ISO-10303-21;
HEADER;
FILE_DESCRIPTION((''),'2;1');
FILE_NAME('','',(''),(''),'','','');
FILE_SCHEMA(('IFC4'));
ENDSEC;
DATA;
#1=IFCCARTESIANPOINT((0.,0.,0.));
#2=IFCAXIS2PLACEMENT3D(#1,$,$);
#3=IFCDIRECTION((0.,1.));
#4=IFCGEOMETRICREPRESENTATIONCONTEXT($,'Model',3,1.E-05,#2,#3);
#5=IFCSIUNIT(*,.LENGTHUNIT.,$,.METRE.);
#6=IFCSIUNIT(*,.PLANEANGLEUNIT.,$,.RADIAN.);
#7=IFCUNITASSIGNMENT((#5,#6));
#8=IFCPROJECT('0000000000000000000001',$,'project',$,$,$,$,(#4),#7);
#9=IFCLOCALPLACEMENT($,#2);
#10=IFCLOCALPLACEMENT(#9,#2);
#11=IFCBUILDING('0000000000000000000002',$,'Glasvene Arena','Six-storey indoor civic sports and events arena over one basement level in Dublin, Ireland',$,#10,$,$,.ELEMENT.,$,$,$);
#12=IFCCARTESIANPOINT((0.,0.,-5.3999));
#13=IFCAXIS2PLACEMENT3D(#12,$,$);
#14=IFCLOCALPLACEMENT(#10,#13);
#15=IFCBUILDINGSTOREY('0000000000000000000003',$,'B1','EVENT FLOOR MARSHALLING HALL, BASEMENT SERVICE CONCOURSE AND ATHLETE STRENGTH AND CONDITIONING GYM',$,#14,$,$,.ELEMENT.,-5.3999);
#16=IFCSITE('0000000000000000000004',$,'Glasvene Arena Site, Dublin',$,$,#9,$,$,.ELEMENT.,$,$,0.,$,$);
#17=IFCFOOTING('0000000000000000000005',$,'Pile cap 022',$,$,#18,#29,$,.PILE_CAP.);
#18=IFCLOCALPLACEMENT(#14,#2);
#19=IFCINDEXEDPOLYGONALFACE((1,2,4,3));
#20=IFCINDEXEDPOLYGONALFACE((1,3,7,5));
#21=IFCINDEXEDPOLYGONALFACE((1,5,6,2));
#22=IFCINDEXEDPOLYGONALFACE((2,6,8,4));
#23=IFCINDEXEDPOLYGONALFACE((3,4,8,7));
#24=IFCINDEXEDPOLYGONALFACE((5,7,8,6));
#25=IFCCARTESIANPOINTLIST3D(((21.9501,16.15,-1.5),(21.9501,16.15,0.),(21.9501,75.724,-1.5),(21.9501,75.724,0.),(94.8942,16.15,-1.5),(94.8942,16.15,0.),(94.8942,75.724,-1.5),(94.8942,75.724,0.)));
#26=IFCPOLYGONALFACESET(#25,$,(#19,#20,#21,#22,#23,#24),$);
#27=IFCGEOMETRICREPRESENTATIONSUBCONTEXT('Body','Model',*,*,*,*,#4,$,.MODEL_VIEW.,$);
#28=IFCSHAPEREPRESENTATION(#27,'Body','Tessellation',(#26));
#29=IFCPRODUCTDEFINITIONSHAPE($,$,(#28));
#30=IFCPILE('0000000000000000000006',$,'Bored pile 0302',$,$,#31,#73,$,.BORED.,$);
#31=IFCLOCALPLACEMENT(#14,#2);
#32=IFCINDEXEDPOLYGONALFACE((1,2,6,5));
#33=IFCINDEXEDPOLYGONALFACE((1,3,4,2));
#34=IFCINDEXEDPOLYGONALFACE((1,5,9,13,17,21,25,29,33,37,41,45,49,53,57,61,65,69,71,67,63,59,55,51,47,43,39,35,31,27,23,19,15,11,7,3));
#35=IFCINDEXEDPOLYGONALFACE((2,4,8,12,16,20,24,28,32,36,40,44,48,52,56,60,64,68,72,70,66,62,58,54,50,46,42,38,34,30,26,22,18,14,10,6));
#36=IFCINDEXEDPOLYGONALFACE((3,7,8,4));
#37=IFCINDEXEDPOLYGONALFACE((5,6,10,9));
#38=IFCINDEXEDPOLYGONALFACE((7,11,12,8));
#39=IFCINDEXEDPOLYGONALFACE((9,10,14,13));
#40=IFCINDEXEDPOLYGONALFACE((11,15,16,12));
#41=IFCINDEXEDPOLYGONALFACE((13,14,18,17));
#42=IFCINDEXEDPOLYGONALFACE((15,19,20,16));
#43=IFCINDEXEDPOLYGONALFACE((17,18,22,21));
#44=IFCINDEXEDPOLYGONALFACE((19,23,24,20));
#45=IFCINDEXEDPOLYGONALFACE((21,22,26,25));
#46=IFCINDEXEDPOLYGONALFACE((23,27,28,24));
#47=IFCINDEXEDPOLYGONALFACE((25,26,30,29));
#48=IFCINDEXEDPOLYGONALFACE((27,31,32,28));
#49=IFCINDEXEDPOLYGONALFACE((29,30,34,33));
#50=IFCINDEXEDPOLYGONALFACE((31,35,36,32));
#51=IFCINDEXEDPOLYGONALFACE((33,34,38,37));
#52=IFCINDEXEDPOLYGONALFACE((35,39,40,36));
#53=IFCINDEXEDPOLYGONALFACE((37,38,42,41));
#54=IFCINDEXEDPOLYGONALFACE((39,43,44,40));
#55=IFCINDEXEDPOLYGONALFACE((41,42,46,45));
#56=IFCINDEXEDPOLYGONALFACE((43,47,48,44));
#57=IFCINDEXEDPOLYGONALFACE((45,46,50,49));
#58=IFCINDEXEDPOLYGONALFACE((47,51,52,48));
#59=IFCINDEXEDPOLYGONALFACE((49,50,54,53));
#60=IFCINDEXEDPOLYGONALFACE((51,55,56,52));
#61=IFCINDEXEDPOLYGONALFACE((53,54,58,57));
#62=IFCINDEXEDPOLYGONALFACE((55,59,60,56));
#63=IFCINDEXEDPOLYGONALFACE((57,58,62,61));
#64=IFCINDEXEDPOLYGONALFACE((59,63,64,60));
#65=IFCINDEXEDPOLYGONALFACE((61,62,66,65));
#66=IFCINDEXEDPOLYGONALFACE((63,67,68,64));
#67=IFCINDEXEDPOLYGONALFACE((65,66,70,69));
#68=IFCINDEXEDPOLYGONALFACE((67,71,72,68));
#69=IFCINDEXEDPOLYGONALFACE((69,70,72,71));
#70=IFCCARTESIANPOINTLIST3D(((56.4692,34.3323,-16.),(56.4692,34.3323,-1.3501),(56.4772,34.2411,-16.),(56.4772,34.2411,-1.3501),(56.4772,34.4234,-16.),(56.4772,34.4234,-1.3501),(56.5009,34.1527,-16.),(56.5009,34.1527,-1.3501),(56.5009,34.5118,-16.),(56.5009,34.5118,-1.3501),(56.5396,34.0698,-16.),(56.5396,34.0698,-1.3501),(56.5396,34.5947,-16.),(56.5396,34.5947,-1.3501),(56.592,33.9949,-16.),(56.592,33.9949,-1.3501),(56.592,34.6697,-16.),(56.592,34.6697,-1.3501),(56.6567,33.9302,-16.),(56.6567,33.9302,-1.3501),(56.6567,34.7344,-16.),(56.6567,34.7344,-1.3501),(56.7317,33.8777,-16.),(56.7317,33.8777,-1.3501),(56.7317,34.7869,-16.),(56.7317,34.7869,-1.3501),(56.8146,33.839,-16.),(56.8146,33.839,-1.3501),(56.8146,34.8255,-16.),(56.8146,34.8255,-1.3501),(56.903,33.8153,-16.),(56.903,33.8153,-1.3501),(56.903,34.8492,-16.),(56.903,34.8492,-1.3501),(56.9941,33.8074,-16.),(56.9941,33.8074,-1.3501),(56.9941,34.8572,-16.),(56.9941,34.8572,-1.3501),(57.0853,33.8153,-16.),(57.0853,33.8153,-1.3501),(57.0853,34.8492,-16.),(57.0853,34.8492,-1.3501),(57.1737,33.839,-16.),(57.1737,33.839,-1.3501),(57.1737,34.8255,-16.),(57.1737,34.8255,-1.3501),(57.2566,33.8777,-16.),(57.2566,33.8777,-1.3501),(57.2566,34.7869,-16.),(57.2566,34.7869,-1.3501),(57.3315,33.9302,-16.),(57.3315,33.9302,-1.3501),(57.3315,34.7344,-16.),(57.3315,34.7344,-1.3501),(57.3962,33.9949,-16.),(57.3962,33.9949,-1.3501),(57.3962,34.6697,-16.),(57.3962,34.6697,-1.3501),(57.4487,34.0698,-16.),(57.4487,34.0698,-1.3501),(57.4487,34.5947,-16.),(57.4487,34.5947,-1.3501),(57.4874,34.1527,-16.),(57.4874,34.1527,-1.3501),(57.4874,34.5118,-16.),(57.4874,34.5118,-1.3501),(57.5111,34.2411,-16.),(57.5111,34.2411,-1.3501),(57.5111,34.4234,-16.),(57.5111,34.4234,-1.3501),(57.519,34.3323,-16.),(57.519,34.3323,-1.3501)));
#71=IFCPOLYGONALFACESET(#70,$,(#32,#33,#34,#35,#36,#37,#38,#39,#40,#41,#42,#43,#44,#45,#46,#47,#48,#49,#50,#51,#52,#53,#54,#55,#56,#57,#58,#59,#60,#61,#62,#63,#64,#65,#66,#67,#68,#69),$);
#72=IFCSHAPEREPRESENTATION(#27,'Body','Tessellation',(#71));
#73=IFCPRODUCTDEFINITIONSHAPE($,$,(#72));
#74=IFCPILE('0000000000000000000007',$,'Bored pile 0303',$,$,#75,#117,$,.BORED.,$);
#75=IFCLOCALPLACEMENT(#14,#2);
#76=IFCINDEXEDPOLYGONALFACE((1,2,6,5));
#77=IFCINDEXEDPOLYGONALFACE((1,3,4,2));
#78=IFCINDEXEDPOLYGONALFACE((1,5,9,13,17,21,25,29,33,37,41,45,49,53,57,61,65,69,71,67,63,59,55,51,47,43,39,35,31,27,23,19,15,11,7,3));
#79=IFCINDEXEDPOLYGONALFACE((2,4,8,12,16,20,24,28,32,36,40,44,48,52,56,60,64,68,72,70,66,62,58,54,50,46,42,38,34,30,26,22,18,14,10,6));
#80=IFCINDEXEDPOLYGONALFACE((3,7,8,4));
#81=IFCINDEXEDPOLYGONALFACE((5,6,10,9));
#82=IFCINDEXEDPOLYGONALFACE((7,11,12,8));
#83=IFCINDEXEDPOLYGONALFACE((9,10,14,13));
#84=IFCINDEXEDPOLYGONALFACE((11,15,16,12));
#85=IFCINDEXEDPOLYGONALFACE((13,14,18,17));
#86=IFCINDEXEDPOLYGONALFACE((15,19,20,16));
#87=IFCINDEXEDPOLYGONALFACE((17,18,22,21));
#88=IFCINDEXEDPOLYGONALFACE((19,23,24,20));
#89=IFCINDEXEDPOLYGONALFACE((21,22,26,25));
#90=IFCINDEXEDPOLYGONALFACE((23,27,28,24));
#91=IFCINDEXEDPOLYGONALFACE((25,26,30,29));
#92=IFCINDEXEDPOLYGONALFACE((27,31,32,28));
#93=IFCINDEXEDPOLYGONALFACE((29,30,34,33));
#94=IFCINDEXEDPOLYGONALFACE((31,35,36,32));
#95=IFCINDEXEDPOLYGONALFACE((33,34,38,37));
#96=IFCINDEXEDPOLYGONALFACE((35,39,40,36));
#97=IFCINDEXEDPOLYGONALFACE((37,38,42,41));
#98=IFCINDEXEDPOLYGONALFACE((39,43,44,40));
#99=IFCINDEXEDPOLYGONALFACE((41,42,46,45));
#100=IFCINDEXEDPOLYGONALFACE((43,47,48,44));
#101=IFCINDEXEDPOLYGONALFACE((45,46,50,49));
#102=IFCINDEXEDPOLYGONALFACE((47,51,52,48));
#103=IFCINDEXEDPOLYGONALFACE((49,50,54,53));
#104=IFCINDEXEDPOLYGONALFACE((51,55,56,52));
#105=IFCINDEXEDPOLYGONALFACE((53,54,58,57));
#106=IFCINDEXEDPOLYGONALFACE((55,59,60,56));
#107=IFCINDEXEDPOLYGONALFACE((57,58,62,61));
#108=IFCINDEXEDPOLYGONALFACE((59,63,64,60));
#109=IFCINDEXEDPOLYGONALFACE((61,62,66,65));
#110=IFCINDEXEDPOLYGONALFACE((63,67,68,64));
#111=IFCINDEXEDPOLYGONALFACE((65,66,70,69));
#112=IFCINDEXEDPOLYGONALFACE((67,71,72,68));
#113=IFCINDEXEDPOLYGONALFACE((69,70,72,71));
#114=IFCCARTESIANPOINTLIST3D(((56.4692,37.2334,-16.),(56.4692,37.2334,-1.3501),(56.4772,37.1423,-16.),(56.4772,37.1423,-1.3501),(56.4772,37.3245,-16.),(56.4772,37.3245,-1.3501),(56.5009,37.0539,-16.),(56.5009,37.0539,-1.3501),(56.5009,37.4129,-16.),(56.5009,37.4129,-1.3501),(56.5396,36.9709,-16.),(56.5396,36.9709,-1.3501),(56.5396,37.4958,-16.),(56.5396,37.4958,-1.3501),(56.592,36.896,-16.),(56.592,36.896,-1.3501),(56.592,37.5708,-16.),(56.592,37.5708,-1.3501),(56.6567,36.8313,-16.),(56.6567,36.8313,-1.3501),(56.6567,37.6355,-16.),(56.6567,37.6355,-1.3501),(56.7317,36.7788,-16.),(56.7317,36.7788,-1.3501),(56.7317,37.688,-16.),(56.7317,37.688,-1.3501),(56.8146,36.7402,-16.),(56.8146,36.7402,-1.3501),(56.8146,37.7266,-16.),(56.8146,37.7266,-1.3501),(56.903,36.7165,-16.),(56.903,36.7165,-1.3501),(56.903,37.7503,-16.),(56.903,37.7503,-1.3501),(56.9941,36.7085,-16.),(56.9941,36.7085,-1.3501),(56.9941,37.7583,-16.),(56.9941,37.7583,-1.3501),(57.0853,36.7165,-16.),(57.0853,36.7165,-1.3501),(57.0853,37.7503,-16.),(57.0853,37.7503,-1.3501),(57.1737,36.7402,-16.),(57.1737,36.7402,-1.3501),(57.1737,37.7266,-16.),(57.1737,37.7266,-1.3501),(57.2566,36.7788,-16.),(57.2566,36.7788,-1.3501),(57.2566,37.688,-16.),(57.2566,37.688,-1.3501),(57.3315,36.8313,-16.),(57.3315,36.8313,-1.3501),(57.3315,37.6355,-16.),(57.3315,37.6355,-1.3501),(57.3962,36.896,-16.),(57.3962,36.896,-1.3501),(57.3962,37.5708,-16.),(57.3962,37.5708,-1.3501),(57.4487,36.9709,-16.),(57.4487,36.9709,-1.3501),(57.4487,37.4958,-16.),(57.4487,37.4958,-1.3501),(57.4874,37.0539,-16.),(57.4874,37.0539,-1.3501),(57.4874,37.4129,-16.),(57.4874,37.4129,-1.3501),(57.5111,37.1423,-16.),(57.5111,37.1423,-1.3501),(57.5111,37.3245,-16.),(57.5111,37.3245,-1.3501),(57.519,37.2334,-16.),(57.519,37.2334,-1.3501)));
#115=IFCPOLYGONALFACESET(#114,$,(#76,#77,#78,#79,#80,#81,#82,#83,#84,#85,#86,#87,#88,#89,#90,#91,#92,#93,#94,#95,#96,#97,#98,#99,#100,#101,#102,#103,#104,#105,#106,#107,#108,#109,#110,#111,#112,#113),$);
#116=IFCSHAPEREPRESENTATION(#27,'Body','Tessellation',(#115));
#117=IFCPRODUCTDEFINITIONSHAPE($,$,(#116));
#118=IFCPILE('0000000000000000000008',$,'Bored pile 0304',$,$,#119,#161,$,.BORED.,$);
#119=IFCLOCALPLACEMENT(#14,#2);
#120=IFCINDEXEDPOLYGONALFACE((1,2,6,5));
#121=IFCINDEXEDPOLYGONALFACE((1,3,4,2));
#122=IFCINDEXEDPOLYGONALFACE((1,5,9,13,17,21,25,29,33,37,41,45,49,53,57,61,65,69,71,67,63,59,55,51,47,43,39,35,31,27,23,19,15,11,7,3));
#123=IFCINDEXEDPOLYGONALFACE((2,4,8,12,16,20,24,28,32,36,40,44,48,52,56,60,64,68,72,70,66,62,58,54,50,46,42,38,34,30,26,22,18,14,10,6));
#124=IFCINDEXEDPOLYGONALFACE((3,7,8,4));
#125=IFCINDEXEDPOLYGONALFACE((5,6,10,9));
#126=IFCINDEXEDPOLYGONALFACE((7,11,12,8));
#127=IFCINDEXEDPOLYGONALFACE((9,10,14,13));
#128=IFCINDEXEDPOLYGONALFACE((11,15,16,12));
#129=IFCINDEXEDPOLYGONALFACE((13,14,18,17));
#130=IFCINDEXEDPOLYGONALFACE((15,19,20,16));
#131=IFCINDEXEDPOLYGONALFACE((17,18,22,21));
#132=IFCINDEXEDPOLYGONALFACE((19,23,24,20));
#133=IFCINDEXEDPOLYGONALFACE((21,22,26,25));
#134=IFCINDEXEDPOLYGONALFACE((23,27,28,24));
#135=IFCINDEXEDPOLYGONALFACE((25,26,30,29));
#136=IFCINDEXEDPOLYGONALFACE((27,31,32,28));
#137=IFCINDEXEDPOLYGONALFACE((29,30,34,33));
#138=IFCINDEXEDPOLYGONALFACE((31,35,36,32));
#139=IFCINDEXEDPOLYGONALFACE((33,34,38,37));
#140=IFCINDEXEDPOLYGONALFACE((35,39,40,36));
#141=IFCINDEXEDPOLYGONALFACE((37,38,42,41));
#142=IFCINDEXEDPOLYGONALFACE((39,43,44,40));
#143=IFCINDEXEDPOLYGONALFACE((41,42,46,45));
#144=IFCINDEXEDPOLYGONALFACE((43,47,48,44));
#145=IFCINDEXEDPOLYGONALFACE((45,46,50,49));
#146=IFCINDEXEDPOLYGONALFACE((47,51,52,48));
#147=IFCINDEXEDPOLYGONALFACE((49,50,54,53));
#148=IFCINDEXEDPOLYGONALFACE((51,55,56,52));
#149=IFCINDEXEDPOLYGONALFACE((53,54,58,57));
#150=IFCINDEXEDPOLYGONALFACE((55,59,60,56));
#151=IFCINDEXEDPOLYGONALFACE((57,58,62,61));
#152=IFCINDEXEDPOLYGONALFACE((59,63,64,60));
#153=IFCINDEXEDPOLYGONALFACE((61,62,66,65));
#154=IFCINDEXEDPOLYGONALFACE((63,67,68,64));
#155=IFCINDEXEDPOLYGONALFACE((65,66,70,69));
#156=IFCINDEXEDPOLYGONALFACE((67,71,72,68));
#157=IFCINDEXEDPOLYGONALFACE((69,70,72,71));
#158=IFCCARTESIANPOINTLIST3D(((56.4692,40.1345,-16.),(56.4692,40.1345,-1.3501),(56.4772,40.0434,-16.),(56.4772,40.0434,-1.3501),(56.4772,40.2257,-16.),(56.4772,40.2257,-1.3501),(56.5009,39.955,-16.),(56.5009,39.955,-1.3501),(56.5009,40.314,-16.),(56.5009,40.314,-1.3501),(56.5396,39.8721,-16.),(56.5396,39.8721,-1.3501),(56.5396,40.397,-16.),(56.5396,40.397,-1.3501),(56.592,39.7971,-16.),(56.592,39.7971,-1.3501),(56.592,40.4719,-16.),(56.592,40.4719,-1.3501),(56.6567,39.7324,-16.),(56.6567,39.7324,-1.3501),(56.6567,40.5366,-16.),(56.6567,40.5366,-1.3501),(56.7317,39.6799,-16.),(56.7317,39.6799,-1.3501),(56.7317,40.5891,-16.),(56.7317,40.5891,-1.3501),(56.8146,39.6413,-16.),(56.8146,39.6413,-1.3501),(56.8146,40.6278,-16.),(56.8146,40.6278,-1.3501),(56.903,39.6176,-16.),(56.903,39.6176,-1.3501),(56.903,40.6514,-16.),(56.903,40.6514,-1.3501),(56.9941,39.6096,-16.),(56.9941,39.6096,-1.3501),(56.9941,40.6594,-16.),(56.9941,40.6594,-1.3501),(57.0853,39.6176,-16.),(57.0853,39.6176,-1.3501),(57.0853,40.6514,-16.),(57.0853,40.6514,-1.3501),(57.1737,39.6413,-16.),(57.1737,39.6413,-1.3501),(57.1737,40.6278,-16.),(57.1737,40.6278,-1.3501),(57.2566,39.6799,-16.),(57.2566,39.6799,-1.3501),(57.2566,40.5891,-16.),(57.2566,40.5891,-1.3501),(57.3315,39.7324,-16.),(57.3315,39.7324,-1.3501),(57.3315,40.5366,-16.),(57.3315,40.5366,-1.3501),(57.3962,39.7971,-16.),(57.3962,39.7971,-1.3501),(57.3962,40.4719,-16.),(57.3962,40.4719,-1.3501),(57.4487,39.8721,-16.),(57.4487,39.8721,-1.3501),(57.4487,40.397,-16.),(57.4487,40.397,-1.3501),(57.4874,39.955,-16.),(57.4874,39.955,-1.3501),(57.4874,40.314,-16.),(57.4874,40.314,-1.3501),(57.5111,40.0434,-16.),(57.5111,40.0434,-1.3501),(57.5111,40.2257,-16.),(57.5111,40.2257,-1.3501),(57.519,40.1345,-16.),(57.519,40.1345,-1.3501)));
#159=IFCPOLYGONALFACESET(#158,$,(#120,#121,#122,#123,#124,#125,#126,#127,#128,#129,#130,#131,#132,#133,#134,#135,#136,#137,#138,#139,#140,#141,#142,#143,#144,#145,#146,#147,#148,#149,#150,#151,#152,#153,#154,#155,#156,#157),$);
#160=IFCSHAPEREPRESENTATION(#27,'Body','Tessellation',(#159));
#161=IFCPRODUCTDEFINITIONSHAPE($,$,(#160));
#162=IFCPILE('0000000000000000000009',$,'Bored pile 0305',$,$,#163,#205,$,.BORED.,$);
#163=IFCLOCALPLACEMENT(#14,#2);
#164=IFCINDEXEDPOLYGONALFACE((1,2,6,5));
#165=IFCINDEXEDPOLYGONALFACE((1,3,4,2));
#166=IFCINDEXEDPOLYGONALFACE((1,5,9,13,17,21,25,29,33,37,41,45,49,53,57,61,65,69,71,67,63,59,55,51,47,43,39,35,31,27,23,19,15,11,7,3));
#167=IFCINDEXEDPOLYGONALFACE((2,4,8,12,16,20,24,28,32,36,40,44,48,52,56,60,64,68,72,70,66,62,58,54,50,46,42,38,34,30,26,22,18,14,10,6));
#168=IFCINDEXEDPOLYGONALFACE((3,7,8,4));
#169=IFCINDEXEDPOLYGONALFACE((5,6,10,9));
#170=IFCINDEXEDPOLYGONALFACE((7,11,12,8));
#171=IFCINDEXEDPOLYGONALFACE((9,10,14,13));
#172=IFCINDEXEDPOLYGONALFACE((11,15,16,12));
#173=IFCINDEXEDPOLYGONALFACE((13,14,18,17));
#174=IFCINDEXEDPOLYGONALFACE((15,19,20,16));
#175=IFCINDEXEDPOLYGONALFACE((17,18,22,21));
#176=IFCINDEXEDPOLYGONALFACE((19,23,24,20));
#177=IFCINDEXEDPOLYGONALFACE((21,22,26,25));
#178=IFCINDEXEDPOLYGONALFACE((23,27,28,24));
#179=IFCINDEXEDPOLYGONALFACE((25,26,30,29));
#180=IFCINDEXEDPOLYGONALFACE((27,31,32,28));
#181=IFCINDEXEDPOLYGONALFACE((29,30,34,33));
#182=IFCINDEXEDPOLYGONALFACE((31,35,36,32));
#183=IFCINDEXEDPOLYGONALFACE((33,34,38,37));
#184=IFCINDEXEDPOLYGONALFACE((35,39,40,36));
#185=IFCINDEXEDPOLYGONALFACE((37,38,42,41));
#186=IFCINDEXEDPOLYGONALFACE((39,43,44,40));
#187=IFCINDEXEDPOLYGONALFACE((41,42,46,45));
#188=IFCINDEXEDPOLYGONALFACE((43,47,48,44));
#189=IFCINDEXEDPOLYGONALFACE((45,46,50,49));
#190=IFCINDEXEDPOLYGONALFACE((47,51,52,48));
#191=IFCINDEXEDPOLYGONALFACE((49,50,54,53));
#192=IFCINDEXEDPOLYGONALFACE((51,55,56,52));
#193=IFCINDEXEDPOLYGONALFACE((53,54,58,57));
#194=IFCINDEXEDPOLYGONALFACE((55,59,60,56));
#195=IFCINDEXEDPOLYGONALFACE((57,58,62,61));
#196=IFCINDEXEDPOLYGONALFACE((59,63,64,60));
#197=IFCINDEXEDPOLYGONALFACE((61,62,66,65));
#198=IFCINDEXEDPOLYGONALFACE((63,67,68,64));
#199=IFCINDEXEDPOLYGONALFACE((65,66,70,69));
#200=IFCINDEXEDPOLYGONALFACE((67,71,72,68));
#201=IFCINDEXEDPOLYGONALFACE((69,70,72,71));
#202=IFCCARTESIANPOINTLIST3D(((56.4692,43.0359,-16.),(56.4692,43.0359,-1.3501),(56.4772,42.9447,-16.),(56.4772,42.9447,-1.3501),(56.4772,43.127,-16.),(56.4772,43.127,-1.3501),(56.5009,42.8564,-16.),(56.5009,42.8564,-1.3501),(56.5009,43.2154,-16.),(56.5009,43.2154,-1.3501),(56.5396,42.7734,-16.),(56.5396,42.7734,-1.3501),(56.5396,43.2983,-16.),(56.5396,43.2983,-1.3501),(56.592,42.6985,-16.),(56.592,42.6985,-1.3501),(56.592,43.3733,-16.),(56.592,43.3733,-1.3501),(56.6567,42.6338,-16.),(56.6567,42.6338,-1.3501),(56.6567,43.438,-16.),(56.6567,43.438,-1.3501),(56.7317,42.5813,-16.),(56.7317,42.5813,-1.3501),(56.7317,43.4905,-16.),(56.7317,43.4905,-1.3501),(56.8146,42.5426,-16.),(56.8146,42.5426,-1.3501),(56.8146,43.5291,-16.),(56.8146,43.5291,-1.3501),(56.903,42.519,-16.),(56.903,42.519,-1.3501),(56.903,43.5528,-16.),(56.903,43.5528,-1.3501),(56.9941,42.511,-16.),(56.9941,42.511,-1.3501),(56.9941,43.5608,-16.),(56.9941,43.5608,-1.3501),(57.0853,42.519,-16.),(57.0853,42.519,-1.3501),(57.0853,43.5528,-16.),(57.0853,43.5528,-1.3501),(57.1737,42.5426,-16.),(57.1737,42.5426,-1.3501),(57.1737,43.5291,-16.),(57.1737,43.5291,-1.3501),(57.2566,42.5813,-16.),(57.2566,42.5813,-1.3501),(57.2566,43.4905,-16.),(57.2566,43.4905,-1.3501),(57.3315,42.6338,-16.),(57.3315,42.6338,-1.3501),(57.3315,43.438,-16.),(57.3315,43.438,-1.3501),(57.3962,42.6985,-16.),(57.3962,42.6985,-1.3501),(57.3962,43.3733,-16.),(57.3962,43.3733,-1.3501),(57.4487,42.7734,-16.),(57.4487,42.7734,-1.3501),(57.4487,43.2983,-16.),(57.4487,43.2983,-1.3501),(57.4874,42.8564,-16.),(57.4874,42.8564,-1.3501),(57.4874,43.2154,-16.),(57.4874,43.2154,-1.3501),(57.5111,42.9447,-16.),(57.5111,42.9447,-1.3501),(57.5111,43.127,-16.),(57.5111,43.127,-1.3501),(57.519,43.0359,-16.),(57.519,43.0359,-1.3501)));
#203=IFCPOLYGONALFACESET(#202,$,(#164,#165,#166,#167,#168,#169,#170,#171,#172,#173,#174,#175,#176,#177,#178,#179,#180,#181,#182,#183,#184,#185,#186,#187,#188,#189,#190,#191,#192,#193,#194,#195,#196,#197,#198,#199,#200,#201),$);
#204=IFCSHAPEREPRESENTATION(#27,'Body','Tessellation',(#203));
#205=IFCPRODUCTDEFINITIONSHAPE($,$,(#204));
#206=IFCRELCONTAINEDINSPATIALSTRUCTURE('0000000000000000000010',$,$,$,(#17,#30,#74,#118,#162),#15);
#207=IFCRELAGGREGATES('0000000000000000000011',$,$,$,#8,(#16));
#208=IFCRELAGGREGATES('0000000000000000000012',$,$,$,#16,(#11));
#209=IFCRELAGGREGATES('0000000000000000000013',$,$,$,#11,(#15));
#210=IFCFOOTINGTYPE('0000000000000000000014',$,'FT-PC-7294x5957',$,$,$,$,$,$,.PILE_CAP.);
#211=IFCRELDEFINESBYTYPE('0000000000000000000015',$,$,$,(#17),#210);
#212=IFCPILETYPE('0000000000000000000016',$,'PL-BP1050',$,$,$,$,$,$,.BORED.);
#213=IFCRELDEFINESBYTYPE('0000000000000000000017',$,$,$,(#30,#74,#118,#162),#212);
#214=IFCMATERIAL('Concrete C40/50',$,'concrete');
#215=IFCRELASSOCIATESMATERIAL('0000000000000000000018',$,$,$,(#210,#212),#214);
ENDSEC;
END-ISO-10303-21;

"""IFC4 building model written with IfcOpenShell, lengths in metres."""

from ifc_helpers import new_model, si_unit, direction, frame, origin, origin_2d, place, context, subcontext, project, spatial, rectangle, circle, extrude, material, material_profile, profile_set, type_object, element, save


model = new_model("IFC4")

# Units and contexts
model_context = context("Model", 3, precision=1e-05, world=origin(), true_north=direction((0.0, 1.0)))
body_context = subcontext(model_context, "Body", "Model", "MODEL_VIEW")
ifc_project = project(units=[si_unit("LENGTHUNIT", "METRE"), si_unit("PLANEANGLEUNIT", "RADIAN")], contexts=[model_context])

# Site, building, storey
site_placement = place(None, origin())
site = spatial("IfcSite", under=ifc_project, at=site_placement, Name="Glasvene Arena Site, Dublin", CompositionType="ELEMENT", RefElevation=0.0)
building_placement = place(site_placement, origin())
building = spatial("IfcBuilding", under=site, at=building_placement, Name="Glasvene Arena", Description="Six-storey indoor civic sports and events arena over one basement level in Dublin, Ireland", CompositionType="ELEMENT")
storey_placement = place(building_placement, frame((0.0, 0.0, -5.3999)))
storey = spatial("IfcBuildingStorey", under=building, at=storey_placement, Name="B1", Description="EVENT FLOOR MARSHALLING HALL, BASEMENT SERVICE CONCOURSE AND ATHLETE STRENGTH AND CONDITIONING GYM", CompositionType="ELEMENT", Elevation=-5.3999)

# Footing
ifc_material_1 = material(Name="Concrete C40/50", Category="concrete")
footing_type = type_object("IfcFootingType", Name="FT-PC-7294x5957", PredefinedType="PILE_CAP", material=ifc_material_1)
footing_placement = place(storey_placement, frame((58.4221, 45.937, -1.5), z_axis=(0.0, 0.0, 1.0), x_axis=(1.0, 0.0, 0.0)))
element("IfcFooting", 1, at=footing_placement, inside=storey, type_object=footing_type, Name="Pile cap 022", PredefinedType="PILE_CAP", context=body_context, shape_type="SweptSolid", body=[
    extrude(rectangle(XDim=72.9441, YDim=59.574, at=origin_2d()), origin(), (0.0, 0.0, 1.0), 1.5),
])

# Piles
ifc_material_profile_1 = material_profile(ifc_material_1, circle(Radius=0.5249, at=origin_2d()), Name="BORED PILE 1050")
ifc_profile_set_1 = profile_set([ifc_material_profile_1], Name="Concrete C40/50")
pile_type = type_object("IfcPileType", Name="PL-BP1050", PredefinedType="BORED", material=ifc_profile_set_1)
for number, where, z_axis, x_axis, name in (
    (2, (56.9941, 34.3323, -1.3501), (0.0, 0.0, -1.0), (1.0, 0.0, 0.0), "Bored pile 0302"),
    (3, (56.9941, 37.2334, -1.3501), (0.0, 0.0, -1.0), (1.0, 0.0, 0.0), "Bored pile 0303"),
    (4, (56.9941, 40.1345, -1.3501), (0.0, 0.0, -1.0), (1.0, 0.0, 0.0), "Bored pile 0304"),
    (5, (56.9941, 43.0359, -1.3501), (0.0, 0.0, -1.0), (1.0, 0.0, 0.0), "Bored pile 0305"),
):
    element("IfcPile", number, at=place(storey_placement, frame(where, z_axis=z_axis, x_axis=x_axis)), inside=storey, type_object=pile_type, Name=name, PredefinedType="BORED", context=body_context, shape_type="SweptSolid", body=[
        extrude(circle(Radius=0.5249, at=origin_2d()), origin(), (0.0, 0.0, 1.0), 14.6499),
    ])

save(model, "model.ifc")
